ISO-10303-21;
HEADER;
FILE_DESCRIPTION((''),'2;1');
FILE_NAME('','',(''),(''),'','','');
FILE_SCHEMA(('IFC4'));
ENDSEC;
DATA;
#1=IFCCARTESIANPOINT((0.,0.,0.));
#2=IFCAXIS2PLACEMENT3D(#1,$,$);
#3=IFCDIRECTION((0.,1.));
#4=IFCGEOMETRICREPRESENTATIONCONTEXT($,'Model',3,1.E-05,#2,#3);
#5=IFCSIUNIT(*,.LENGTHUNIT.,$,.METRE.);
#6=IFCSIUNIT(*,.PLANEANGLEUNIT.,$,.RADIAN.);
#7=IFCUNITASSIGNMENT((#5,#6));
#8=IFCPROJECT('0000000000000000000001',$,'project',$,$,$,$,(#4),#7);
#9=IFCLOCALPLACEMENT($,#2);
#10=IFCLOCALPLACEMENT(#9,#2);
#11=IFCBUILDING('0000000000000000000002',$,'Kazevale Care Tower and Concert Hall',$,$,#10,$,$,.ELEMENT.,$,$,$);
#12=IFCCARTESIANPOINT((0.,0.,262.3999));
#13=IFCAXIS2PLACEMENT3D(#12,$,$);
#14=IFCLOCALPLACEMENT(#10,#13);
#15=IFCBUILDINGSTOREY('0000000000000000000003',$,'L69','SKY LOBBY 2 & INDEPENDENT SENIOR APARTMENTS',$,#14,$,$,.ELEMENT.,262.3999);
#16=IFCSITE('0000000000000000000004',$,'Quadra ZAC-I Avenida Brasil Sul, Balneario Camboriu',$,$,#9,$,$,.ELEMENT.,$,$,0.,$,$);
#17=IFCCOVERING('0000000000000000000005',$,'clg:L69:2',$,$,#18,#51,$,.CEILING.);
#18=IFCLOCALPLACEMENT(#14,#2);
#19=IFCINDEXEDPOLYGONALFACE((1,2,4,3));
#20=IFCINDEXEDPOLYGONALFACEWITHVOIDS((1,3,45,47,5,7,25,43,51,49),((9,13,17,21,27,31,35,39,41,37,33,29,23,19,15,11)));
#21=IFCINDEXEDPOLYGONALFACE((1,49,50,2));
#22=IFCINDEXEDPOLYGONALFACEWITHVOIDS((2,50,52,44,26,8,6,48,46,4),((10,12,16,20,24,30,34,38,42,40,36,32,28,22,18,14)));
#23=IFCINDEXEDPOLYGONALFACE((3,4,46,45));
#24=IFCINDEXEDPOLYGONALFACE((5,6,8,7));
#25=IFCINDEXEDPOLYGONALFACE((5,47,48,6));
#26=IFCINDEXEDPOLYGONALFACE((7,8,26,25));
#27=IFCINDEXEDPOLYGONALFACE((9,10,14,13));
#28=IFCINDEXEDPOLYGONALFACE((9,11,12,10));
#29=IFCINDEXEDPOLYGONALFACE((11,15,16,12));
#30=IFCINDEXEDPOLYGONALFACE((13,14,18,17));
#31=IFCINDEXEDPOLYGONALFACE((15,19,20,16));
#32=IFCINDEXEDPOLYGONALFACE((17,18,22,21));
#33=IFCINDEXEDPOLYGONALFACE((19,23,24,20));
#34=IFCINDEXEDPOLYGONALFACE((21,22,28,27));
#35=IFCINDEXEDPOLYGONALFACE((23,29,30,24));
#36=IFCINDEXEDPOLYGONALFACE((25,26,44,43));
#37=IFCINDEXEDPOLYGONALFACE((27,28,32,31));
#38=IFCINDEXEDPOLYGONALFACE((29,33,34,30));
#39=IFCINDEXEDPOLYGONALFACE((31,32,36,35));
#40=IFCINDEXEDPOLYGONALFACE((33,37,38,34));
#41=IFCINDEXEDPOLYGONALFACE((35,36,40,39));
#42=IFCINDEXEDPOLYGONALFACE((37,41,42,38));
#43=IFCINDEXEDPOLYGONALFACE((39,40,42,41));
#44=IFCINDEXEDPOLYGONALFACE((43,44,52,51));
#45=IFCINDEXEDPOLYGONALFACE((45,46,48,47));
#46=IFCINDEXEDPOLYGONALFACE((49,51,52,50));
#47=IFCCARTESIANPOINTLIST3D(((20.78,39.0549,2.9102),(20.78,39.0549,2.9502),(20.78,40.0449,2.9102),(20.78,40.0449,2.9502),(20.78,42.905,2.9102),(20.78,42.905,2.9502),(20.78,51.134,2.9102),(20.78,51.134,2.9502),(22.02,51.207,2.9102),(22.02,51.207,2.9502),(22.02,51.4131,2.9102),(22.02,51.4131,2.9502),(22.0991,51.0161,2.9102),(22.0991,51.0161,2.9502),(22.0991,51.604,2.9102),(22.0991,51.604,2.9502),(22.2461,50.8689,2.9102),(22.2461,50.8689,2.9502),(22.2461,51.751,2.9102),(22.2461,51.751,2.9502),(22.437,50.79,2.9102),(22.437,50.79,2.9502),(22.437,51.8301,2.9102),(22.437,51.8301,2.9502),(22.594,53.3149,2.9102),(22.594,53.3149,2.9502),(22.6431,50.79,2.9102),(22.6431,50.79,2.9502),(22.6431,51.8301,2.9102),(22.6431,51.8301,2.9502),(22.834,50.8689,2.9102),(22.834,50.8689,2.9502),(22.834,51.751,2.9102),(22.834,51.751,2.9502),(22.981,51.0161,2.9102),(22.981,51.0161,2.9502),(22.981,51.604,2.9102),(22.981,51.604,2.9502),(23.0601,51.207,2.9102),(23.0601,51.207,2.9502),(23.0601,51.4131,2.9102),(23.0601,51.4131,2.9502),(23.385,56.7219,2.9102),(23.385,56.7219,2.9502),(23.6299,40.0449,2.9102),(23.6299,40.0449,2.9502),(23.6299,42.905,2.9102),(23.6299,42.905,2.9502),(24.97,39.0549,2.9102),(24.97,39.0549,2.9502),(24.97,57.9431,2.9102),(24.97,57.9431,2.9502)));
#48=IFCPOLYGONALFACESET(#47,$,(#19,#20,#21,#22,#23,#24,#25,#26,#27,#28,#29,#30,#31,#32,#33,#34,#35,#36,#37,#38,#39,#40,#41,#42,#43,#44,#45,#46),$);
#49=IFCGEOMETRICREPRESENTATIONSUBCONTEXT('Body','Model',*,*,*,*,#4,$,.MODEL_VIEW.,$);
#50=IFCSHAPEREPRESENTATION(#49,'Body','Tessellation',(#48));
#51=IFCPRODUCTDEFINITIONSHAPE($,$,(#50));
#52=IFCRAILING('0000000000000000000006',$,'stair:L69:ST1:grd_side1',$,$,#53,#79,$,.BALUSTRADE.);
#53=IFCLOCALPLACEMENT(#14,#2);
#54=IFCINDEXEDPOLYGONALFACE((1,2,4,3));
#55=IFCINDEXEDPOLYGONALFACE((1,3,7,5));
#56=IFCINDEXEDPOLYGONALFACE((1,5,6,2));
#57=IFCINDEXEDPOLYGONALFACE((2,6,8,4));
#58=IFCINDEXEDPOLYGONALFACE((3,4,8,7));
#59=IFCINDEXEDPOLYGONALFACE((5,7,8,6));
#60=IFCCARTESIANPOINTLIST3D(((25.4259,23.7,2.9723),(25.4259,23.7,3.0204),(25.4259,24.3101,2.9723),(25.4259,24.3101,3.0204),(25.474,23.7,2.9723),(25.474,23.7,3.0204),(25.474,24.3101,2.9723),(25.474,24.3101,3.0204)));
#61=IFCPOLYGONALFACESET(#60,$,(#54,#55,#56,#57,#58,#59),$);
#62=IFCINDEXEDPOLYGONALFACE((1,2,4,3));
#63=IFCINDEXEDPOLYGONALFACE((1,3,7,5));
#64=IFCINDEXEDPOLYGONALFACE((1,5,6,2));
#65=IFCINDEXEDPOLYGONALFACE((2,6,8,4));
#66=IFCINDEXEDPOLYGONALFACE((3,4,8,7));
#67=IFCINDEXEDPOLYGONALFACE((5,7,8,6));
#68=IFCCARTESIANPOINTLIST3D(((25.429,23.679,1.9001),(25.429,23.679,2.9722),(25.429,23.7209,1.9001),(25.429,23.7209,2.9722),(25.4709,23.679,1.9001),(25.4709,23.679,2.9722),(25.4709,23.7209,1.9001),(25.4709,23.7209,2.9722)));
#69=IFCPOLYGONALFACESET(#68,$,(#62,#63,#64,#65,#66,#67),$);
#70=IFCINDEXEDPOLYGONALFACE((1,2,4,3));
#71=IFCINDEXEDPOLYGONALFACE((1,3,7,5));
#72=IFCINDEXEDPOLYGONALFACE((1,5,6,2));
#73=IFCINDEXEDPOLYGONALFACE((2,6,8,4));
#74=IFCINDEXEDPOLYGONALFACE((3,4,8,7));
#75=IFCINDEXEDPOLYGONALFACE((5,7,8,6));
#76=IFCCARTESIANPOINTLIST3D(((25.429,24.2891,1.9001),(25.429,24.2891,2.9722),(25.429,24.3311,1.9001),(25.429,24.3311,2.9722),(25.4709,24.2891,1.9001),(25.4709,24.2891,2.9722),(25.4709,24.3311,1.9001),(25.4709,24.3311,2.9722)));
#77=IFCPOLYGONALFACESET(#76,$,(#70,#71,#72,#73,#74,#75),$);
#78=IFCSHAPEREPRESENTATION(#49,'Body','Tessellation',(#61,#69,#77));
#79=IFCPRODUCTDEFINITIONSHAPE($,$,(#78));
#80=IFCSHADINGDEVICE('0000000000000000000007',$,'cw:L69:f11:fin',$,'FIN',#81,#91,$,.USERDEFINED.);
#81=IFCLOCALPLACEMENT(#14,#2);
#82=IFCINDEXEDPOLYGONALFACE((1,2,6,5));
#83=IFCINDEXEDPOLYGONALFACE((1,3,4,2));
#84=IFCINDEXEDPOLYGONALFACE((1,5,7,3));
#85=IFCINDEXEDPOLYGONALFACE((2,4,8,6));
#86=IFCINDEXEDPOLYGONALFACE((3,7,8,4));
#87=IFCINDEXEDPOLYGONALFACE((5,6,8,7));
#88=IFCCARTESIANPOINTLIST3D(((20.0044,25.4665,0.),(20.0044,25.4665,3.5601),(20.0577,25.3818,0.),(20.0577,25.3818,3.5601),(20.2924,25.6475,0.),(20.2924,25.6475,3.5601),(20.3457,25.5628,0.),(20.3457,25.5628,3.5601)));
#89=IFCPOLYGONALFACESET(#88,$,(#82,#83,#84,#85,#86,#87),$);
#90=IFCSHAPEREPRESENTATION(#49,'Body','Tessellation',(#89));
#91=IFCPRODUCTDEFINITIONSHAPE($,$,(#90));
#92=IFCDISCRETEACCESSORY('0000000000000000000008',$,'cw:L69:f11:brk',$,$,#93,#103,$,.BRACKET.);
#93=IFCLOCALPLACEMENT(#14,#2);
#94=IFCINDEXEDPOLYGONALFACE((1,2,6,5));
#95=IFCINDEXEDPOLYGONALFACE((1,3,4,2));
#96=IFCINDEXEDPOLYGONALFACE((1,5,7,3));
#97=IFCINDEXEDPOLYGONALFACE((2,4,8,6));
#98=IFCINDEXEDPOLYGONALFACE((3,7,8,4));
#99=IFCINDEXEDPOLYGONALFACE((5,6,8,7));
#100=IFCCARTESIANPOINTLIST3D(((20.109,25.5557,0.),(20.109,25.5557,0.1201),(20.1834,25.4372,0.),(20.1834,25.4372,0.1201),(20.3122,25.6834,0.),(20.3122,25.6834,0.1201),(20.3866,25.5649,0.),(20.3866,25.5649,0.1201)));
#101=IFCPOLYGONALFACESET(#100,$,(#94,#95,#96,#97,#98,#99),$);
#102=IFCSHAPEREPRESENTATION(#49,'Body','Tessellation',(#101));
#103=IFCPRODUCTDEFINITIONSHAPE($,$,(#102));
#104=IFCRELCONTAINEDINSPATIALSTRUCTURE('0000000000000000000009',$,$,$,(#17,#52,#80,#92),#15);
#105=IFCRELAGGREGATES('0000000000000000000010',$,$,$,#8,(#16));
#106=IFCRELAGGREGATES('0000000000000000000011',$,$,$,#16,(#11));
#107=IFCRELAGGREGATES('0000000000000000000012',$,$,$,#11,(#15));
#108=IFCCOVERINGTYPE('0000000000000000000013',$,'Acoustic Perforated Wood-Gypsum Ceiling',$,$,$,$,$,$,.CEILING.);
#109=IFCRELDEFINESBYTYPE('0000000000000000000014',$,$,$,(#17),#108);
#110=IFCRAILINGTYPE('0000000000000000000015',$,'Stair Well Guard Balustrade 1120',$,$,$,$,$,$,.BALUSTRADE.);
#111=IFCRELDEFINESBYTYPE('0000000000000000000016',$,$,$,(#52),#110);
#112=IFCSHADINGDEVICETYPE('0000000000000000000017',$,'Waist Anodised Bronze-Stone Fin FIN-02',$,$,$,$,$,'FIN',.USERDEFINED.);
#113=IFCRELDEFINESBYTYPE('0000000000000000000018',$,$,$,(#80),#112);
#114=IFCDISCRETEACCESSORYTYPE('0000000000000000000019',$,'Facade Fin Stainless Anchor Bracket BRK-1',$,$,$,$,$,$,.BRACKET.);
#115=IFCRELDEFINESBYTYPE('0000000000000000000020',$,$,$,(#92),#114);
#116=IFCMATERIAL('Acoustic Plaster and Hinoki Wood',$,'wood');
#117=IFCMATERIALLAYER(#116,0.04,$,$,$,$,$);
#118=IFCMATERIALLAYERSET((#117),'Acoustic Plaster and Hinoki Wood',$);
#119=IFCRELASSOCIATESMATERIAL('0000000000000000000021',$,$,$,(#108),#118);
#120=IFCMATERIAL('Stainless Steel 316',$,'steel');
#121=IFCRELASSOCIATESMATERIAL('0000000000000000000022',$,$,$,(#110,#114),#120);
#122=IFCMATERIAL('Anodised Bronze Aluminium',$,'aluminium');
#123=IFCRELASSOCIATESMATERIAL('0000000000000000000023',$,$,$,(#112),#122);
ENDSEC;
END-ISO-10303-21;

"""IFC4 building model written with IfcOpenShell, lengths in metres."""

from ifc_helpers import new_model, si_unit, direction, frame, origin, origin_2d, place, context, subcontext, project, spatial, polyline, rectangle, outline, extrude, material, layer, layer_set, type_object, element, save


model = new_model("IFC4")

# Units and contexts
model_context = context("Model", 3, precision=1e-05, world=origin(), true_north=direction((0.0, 1.0)))
body_context = subcontext(model_context, "Body", "Model", "MODEL_VIEW")
ifc_project = project(units=[si_unit("LENGTHUNIT", "METRE"), si_unit("PLANEANGLEUNIT", "RADIAN")], contexts=[model_context])

# Site, building, storey
site_placement = place(None, origin())
site = spatial("IfcSite", under=ifc_project, at=site_placement, Name="Quadra ZAC-I Avenida Brasil Sul, Balneario Camboriu", CompositionType="ELEMENT", RefElevation=0.0)
building_placement = place(site_placement, origin())
building = spatial("IfcBuilding", under=site, at=building_placement, Name="Kazevale Care Tower and Concert Hall", CompositionType="ELEMENT")
storey_placement = place(building_placement, frame((0.0, 0.0, 262.3999)))
storey = spatial("IfcBuildingStorey", under=building, at=storey_placement, Name="L69", Description="SKY LOBBY 2 & INDEPENDENT SENIOR APARTMENTS", CompositionType="ELEMENT", Elevation=262.3999)

# Covering
ifc_material_1 = material(Name="Acoustic Plaster and Hinoki Wood", Category="wood")
ifc_layer_1 = layer(ifc_material_1, 0.04)
ifc_layer_set_1 = layer_set([ifc_layer_1], Name="Acoustic Plaster and Hinoki Wood")
covering_type = type_object("IfcCoveringType", Name="Acoustic Perforated Wood-Gypsum Ceiling", PredefinedType="CEILING", material=ifc_layer_set_1)
covering_1_placement = place(storey_placement, frame((0.0, 0.0, 2.9102)))
element("IfcCovering", 1, at=covering_1_placement, inside=storey, type_object=covering_type, Name="clg:L69:2", PredefinedType="CEILING", context=body_context, shape_type="SweptSolid", body=[
    extrude(outline(polyline([(23.6299, 40.0449), (23.6299, 42.905), (20.78, 42.905), (20.78, 51.134), (22.594, 53.3149), (23.385, 56.7219), (24.97, 57.9431), (24.97, 39.0549), (20.78, 39.0549), (20.78, 40.0449), (23.6299, 40.0449)]), holes=[polyline([(23.0601, 51.4131), (22.981, 51.604), (22.834, 51.751), (22.6431, 51.8301), (22.437, 51.8301), (22.2461, 51.751), (22.0991, 51.604), (22.02, 51.4131), (22.02, 51.207), (22.0991, 51.0161), (22.2461, 50.8689), (22.437, 50.79), (22.6431, 50.79), (22.834, 50.8689), (22.981, 51.0161), (23.0601, 51.207), (23.0601, 51.4131)])]), origin(), (0.0, 0.0, 1.0), 0.04),
])

# Railing
ifc_material_2 = material(Name="Stainless Steel 316", Category="steel")
railing_type = type_object("IfcRailingType", Name="Stair Well Guard Balustrade 1120", PredefinedType="BALUSTRADE", material=ifc_material_2)
railing_placement = place(storey_placement, frame((25.45, 23.7, 1.9001)))
element("IfcRailing", 2, at=railing_placement, inside=storey, type_object=railing_type, Name="stair:L69:ST1:grd_side1", PredefinedType="BALUSTRADE", context=body_context, shape_type="SweptSolid", body=[
    extrude(rectangle(XDim=0.0481, YDim=0.0481, at=origin_2d()), frame((0.0, 0.0, 1.0962), z_axis=(0.0, 1.0, 0.0), x_axis=(-1.0, 0.0, 0.0)), (0.0, 0.0, 1.0), 0.6101),
    extrude(rectangle(XDim=0.042, YDim=0.042, at=origin_2d()), origin(), (0.0, 0.0, 1.0), 1.072),
    extrude(rectangle(XDim=0.042, YDim=0.042, at=origin_2d()), frame((0.0, 0.6101, 0.0)), (0.0, 0.0, 1.0), 1.072),
])

# Shading device
ifc_material_3 = material(Name="Anodised Bronze Aluminium", Category="aluminium")
shading_device_type = type_object("IfcShadingDeviceType", Name="Waist Anodised Bronze-Stone Fin FIN-02", ElementType="FIN", PredefinedType="USERDEFINED", material=ifc_material_3)
shading_device_placement = place(storey_placement, frame((20.175, 25.5146, 0.0), z_axis=(0.0, 0.0, 1.0), x_axis=(-0.846658, -0.532138, 0.0)))
element("IfcShadingDevice", 3, at=shading_device_placement, inside=storey, type_object=shading_device_type, Name="cw:L69:f11:fin", ObjectType="FIN", PredefinedType="USERDEFINED", context=body_context, shape_type="SweptSolid", body=[
    extrude(rectangle(XDim=0.3401, YDim=0.1001, at=origin_2d()), origin(), (0.0, 0.0, 1.0), 3.5601),
])

# Discrete accessory
discrete_accessory_type = type_object("IfcDiscreteAccessoryType", Name="Facade Fin Stainless Anchor Bracket BRK-1", PredefinedType="BRACKET", material=ifc_material_2)
discrete_accessory_placement = place(storey_placement, frame((20.2478, 25.5603, 0.0), z_axis=(0.0, 0.0, 1.0), x_axis=(-0.846658, -0.532138, 0.0)))
element("IfcDiscreteAccessory", 4, at=discrete_accessory_placement, inside=storey, type_object=discrete_accessory_type, Name="cw:L69:f11:brk", PredefinedType="BRACKET", context=body_context, shape_type="SweptSolid", body=[
    extrude(rectangle(XDim=0.24, YDim=0.1399, at=origin_2d()), origin(), (0.0, 0.0, 1.0), 0.1201),
])

save(model, "model.ifc")
